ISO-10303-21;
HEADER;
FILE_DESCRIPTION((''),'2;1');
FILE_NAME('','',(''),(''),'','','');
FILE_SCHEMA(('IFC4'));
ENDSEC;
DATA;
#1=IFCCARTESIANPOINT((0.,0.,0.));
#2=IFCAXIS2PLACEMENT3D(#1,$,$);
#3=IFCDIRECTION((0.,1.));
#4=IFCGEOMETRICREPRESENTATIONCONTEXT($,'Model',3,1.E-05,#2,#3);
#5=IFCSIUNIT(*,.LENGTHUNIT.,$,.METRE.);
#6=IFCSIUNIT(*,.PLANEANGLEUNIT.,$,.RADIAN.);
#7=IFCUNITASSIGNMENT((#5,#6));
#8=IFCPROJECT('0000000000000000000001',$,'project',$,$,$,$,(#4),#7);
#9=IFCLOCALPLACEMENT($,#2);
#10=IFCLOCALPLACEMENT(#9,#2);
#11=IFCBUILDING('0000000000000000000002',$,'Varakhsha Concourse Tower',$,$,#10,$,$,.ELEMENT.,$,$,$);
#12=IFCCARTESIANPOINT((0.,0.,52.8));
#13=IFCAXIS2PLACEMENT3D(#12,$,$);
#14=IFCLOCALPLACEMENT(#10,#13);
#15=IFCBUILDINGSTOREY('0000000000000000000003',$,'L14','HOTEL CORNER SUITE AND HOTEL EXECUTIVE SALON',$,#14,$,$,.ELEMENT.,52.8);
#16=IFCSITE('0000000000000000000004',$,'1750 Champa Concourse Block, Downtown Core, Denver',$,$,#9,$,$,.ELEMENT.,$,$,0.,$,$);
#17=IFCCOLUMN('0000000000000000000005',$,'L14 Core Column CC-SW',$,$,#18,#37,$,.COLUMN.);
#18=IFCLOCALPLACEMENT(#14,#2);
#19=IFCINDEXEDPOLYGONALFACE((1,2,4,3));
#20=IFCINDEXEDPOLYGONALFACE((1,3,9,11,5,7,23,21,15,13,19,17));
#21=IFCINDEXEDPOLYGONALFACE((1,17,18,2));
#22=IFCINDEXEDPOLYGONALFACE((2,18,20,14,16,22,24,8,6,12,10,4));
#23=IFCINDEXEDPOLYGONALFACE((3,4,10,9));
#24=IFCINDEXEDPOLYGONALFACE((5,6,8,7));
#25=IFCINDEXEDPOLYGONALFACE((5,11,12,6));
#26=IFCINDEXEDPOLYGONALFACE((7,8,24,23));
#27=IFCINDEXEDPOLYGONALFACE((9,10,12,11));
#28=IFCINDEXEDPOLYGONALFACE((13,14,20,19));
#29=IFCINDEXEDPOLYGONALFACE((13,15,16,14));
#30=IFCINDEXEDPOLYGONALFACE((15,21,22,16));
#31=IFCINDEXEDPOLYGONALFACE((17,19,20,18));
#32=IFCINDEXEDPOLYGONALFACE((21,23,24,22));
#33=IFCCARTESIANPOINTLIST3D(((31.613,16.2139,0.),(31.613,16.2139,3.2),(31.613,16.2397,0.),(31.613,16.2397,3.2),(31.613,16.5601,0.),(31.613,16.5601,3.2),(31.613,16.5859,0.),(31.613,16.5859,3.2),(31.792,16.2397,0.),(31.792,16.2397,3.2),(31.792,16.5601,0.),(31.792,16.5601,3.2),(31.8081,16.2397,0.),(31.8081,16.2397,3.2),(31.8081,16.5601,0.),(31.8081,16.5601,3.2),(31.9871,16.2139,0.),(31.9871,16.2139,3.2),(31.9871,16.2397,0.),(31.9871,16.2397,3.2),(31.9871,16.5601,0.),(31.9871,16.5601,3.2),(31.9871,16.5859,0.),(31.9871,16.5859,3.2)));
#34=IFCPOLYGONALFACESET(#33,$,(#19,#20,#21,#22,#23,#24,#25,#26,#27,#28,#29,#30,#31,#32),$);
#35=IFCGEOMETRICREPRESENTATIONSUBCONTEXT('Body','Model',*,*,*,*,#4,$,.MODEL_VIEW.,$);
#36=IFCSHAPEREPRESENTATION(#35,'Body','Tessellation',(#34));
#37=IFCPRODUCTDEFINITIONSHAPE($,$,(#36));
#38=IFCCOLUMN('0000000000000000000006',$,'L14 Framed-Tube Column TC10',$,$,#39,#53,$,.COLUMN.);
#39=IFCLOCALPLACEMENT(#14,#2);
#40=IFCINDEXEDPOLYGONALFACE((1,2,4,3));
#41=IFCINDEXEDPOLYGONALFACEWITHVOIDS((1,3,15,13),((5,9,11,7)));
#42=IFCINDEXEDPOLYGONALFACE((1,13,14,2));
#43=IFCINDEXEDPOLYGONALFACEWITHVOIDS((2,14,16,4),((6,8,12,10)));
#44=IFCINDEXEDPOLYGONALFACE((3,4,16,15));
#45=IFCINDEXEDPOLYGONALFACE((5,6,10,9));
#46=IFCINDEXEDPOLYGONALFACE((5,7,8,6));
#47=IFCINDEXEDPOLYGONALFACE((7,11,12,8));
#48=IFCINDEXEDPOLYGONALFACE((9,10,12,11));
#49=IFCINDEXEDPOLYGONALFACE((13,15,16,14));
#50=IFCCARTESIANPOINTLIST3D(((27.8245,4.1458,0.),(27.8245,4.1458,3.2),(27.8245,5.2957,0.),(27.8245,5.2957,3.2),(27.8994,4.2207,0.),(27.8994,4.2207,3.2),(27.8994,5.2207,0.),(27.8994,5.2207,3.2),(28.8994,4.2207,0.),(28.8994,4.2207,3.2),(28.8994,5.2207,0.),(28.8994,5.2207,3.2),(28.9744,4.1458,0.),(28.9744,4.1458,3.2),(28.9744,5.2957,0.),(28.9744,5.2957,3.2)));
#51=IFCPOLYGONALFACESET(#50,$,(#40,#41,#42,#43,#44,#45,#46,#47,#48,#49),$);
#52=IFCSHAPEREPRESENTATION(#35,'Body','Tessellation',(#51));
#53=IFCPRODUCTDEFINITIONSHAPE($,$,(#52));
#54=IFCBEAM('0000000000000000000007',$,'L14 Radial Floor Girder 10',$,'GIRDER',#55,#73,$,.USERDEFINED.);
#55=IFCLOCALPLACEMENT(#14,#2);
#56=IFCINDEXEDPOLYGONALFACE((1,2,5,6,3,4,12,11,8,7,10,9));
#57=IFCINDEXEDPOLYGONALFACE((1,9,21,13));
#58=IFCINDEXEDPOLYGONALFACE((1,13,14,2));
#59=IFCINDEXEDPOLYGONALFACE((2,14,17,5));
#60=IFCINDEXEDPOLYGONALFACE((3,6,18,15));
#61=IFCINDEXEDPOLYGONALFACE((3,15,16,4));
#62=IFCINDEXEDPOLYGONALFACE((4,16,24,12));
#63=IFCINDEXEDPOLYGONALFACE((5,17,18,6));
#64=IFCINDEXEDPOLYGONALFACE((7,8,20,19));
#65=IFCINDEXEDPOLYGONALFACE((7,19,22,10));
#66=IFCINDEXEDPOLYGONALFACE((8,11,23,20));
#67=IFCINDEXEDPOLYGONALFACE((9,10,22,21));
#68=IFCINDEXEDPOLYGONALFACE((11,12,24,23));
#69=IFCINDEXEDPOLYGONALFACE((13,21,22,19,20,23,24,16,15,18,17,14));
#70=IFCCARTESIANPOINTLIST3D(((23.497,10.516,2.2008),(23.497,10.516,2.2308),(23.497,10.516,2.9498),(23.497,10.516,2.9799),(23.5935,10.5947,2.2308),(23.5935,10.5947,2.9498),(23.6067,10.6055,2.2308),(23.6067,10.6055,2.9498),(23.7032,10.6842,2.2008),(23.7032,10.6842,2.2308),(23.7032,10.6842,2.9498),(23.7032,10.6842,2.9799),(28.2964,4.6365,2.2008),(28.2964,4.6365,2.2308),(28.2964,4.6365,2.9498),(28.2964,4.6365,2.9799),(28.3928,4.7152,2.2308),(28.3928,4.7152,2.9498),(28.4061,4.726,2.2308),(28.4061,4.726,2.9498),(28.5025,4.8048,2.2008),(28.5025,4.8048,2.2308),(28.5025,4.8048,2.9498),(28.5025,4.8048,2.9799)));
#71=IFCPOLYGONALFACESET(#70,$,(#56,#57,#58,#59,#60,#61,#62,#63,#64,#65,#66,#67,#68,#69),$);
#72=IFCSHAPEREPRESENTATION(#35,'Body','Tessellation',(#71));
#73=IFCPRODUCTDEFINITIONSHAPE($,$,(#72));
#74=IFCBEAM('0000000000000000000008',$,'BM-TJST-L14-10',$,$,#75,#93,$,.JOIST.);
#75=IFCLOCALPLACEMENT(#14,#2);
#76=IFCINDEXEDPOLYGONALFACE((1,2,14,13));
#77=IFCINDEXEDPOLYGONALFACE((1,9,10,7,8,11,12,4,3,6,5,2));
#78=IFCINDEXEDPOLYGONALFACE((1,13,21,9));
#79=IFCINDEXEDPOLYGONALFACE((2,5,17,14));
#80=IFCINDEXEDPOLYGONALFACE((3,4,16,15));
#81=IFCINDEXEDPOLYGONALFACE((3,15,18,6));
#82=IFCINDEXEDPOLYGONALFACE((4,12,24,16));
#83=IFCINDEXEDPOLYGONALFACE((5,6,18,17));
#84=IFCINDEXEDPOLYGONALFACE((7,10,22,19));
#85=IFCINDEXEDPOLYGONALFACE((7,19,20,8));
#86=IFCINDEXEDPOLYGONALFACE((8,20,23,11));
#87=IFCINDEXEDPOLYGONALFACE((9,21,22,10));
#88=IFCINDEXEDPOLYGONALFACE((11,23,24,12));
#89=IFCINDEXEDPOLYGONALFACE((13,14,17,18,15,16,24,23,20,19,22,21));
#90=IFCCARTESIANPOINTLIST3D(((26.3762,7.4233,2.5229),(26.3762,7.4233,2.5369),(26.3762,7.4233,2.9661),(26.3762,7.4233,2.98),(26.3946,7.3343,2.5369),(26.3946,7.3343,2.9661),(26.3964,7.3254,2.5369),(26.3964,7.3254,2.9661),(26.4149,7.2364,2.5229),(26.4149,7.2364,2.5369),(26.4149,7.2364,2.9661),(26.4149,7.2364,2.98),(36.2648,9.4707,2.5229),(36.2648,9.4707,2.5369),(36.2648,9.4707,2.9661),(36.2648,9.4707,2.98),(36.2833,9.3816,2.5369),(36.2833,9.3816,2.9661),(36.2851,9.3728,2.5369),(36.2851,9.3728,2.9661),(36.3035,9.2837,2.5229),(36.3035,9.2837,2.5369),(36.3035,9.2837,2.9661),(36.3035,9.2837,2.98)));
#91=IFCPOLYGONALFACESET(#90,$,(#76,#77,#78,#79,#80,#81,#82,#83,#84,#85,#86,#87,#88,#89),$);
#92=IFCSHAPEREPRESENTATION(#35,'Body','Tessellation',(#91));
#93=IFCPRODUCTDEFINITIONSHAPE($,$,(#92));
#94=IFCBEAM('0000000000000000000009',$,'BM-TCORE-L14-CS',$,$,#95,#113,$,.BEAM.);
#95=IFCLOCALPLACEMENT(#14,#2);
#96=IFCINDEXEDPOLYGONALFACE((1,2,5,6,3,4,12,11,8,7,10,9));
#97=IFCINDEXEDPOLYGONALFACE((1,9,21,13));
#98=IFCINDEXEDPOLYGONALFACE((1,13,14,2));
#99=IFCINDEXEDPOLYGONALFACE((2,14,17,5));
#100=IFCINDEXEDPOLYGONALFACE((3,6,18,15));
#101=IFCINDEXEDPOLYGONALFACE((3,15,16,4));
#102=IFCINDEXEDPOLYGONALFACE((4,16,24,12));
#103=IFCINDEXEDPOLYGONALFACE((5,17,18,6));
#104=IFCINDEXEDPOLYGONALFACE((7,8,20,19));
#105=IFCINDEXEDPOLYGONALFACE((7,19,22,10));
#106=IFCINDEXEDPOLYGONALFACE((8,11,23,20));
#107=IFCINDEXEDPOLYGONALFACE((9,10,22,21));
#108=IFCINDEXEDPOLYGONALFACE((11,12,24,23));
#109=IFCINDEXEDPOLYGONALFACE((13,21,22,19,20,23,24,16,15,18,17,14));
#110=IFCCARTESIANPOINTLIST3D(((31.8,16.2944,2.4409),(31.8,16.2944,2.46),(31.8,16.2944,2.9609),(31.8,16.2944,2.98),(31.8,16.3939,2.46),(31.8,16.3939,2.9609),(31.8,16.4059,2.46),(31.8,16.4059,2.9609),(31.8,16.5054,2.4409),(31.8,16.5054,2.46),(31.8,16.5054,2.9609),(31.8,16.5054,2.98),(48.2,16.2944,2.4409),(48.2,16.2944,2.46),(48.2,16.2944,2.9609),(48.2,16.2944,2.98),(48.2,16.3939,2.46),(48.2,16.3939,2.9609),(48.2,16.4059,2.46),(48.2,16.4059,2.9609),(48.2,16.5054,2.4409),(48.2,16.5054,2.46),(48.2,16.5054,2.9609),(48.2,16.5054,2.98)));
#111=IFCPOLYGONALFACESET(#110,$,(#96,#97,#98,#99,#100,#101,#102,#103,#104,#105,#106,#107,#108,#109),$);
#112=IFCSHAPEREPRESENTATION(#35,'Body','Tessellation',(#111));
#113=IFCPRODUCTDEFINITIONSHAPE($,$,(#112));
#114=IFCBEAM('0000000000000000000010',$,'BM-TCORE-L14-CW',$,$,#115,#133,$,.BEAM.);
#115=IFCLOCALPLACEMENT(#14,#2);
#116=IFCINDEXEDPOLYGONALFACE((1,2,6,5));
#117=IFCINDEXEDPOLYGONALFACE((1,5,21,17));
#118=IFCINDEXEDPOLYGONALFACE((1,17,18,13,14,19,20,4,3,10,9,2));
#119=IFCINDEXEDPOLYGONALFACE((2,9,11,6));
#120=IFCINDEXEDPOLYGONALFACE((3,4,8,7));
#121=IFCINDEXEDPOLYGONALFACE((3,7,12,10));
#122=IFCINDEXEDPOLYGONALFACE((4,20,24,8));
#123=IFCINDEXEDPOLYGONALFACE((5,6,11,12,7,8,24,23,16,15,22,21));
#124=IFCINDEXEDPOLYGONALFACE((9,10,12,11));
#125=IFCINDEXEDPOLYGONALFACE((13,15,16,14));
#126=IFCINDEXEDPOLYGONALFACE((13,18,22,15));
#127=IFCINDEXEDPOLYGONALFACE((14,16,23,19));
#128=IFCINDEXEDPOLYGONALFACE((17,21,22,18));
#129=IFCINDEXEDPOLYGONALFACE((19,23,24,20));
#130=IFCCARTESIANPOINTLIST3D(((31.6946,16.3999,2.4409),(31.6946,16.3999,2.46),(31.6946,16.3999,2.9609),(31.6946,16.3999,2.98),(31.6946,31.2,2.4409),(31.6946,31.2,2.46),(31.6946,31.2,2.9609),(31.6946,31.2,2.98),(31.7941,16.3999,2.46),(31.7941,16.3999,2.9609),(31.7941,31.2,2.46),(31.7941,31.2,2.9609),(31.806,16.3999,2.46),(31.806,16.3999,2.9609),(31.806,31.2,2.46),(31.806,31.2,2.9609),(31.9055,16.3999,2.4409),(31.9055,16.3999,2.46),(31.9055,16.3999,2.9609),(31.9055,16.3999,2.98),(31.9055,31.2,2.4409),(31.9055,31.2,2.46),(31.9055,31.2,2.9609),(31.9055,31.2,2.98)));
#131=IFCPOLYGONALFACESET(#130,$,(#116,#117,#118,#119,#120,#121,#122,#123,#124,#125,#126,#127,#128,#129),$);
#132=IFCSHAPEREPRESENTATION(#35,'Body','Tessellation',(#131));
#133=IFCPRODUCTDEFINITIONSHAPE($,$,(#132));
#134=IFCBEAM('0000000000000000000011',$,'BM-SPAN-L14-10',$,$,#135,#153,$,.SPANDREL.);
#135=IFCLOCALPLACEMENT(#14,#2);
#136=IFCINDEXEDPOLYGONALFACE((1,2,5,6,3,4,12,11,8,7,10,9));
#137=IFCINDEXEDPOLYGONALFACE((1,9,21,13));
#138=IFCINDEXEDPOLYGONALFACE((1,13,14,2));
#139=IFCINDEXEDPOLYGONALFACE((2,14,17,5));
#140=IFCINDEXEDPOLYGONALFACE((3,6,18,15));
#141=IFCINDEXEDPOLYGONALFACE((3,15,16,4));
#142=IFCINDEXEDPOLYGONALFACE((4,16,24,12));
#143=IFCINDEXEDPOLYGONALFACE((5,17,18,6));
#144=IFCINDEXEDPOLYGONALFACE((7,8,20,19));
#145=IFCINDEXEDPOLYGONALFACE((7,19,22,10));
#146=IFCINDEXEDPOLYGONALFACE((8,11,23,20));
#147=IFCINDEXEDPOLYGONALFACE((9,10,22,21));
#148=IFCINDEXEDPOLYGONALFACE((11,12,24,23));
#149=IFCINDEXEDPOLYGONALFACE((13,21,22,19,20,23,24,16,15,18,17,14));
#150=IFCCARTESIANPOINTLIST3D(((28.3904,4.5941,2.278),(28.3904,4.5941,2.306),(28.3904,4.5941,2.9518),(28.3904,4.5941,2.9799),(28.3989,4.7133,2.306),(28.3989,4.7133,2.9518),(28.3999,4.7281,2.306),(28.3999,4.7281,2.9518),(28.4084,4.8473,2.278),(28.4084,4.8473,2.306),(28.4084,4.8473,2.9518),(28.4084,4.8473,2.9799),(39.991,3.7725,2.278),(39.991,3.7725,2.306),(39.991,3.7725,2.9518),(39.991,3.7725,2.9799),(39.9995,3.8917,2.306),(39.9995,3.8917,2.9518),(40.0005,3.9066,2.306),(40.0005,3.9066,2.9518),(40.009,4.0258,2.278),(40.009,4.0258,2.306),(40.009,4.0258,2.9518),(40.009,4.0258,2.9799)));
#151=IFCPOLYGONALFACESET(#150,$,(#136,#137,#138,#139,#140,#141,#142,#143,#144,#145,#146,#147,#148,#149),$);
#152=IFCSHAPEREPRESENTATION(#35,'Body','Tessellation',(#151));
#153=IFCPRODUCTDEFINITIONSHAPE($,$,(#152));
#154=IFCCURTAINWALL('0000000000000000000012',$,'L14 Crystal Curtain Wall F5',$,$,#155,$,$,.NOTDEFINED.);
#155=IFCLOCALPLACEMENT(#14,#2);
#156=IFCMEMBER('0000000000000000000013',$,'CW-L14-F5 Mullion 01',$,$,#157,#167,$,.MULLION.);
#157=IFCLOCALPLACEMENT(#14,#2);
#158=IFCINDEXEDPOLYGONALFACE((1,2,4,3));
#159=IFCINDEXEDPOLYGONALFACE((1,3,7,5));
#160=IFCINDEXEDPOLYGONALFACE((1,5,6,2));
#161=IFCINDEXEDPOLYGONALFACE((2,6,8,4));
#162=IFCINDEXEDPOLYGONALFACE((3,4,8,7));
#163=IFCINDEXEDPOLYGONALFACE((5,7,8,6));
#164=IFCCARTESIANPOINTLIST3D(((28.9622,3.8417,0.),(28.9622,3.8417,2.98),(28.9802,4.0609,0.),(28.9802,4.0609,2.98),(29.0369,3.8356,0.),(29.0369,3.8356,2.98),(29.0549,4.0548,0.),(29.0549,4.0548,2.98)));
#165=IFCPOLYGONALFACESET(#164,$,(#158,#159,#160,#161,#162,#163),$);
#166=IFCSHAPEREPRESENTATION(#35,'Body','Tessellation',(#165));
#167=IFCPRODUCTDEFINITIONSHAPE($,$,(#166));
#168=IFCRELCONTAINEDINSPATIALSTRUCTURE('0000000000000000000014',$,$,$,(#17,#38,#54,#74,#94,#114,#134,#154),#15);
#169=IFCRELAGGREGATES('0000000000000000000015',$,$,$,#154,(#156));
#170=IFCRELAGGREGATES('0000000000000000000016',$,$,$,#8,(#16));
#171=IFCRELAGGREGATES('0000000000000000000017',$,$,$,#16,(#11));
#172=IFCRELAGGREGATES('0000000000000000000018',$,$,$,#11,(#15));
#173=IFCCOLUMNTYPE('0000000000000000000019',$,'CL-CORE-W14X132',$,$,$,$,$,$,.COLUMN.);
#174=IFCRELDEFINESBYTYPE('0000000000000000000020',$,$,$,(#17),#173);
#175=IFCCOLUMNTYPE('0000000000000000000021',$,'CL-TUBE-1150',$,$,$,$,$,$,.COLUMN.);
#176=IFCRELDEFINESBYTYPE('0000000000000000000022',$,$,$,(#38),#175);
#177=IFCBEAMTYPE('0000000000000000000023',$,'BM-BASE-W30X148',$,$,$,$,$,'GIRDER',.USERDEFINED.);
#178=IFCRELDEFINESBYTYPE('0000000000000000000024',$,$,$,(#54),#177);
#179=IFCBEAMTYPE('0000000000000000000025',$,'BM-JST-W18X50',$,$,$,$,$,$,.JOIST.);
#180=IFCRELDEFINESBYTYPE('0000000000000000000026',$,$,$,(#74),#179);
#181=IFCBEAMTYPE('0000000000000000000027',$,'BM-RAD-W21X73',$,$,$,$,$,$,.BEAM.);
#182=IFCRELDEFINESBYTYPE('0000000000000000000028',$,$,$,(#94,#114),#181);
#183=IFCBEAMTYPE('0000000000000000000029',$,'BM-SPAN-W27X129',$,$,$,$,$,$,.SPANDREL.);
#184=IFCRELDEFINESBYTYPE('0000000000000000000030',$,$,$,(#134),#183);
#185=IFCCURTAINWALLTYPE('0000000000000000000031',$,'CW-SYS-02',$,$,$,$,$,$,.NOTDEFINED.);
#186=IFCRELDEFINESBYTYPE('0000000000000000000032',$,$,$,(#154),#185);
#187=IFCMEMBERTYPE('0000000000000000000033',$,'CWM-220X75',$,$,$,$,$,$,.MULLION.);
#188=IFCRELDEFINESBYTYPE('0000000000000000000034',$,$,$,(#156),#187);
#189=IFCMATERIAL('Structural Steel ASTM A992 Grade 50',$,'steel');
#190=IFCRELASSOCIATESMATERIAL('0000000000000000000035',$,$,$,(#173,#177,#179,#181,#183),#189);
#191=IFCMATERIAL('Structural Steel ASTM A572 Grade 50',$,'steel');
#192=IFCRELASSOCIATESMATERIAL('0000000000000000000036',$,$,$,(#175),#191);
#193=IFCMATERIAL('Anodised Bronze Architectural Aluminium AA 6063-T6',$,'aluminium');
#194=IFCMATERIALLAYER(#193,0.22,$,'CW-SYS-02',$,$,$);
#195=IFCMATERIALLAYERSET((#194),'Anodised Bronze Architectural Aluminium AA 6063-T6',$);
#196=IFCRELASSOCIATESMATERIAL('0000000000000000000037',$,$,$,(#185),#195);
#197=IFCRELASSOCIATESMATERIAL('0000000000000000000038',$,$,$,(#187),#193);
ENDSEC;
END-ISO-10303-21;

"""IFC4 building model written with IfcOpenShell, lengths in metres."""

from ifc_helpers import new_model, si_unit, direction, frame, origin, origin_2d, place, context, subcontext, project, spatial, rectangle, hollow_rectangle, i_section, extrude, source, transform, mapped, material, layer, layer_set, material_profile, profile_set, type_object, type_shapes, element, aggregate, save


model = new_model("IFC4")

# Units and contexts
model_context = context("Model", 3, precision=1e-05, world=origin(), true_north=direction((0.0, 1.0)))
body_context = subcontext(model_context, "Body", "Model", "MODEL_VIEW")
ifc_project = project(units=[si_unit("LENGTHUNIT", "METRE"), si_unit("PLANEANGLEUNIT", "RADIAN")], contexts=[model_context])

# Site, building, storey
site_placement = place(None, origin())
site = spatial("IfcSite", under=ifc_project, at=site_placement, Name="1750 Champa Concourse Block, Downtown Core, Denver", CompositionType="ELEMENT", RefElevation=0.0)
building_placement = place(site_placement, origin())
building = spatial("IfcBuilding", under=site, at=building_placement, Name="Varakhsha Concourse Tower", CompositionType="ELEMENT")
storey_placement = place(building_placement, frame((0.0, 0.0, 52.8)))
storey = spatial("IfcBuildingStorey", under=building, at=storey_placement, Name="L14", Description="HOTEL CORNER SUITE AND HOTEL EXECUTIVE SALON", CompositionType="ELEMENT", Elevation=52.8)

# Columns
ifc_material_1 = material(Name="Structural Steel ASTM A992 Grade 50", Category="steel")
ifc_material_profile_1 = material_profile(ifc_material_1, i_section(OverallWidth=0.374, OverallDepth=0.3721, WebThickness=0.0161, FlangeThickness=0.0259, at=origin_2d()), Name="W14X132")
ifc_profile_set_1 = profile_set([ifc_material_profile_1], Name="Structural Steel ASTM A992 Grade 50")
column_type_1 = type_object("IfcColumnType", Name="CL-CORE-W14X132", PredefinedType="COLUMN", material=ifc_profile_set_1)
column_1_placement = place(storey_placement, frame((31.8, 16.3999, 0.0), z_axis=(0.0, 0.0, 1.0), x_axis=(1.0, 0.0, 0.0)))
element("IfcColumn", 1, at=column_1_placement, inside=storey, type_object=column_type_1, Name="L14 Core Column CC-SW", PredefinedType="COLUMN", context=body_context, shape_type="SweptSolid", body=[
    extrude(i_section(OverallWidth=0.374, OverallDepth=0.3721, WebThickness=0.0161, FlangeThickness=0.0259, at=origin_2d()), origin(), (0.0, 0.0, 1.0), 3.2),
])
ifc_material_2 = material(Name="Structural Steel ASTM A572 Grade 50", Category="steel")
ifc_material_profile_2 = material_profile(ifc_material_2, hollow_rectangle(XDim=1.1499, YDim=1.1499, WallThickness=0.075, at=origin_2d()), Name="BOX 1150x1150x75")
ifc_profile_set_2 = profile_set([ifc_material_profile_2], Name="Structural Steel ASTM A572 Grade 50")
column_type_2 = type_object("IfcColumnType", Name="CL-TUBE-1150", PredefinedType="COLUMN", material=ifc_profile_set_2)
column_2_placement = place(storey_placement, frame((28.3994, 4.7207, 0.0), z_axis=(0.0, 0.0, 1.0), x_axis=(1.0, 0.0, 0.0)))
element("IfcColumn", 2, at=column_2_placement, inside=storey, type_object=column_type_2, Name="L14 Framed-Tube Column TC10", PredefinedType="COLUMN", context=body_context, shape_type="SweptSolid", body=[
    extrude(hollow_rectangle(XDim=1.1499, YDim=1.1499, WallThickness=0.075, at=origin_2d()), origin(), (0.0, 0.0, 1.0), 3.2),
])

# Beams
ifc_material_profile_3 = material_profile(ifc_material_1, i_section(OverallWidth=0.2661, OverallDepth=0.7791, WebThickness=0.0171, FlangeThickness=0.03, at=origin_2d()), Name="W30X148")
ifc_profile_set_3 = profile_set([ifc_material_profile_3], Name="Structural Steel ASTM A992 Grade 50")
beam_type_1 = type_object("IfcBeamType", Name="BM-BASE-W30X148", ElementType="GIRDER", PredefinedType="USERDEFINED", material=ifc_profile_set_3)
beam_1_placement = place(storey_placement, frame((23.6001, 10.6001, 2.5903), z_axis=(0.632362, -0.774673, 0.0), x_axis=(0.774673, 0.632362, 0.0)))
element("IfcBeam", 3, at=beam_1_placement, inside=storey, type_object=beam_type_1, Name="L14 Radial Floor Girder 10", ObjectType="GIRDER", PredefinedType="USERDEFINED", context=body_context, shape_type="SweptSolid", body=[
    extrude(i_section(OverallWidth=0.2661, OverallDepth=0.7791, WebThickness=0.0171, FlangeThickness=0.03, at=origin_2d()), origin(), (0.0, 0.0, 1.0), 7.5896),
])
ifc_material_profile_4 = material_profile(ifc_material_1, i_section(OverallWidth=0.1909, OverallDepth=0.457, WebThickness=0.009, FlangeThickness=0.0139, at=origin_2d()), Name="W18X50")
ifc_profile_set_4 = profile_set([ifc_material_profile_4], Name="Structural Steel ASTM A992 Grade 50")
beam_type_2 = type_object("IfcBeamType", Name="BM-JST-W18X50", PredefinedType="JOIST", material=ifc_profile_set_4)
beam_2_placement = place(storey_placement, frame((26.3955, 7.3298, 2.7515), z_axis=(0.979232, 0.202742, 0.0), x_axis=(-0.202742, 0.979232, 0.0)))
element("IfcBeam", 4, at=beam_2_placement, inside=storey, type_object=beam_type_2, Name="BM-TJST-L14-10", PredefinedType="JOIST", context=body_context, shape_type="SweptSolid", body=[
    extrude(i_section(OverallWidth=0.1909, OverallDepth=0.457, WebThickness=0.009, FlangeThickness=0.0139, at=origin_2d()), origin(), (0.0, 0.0, 1.0), 10.0984),
])
ifc_material_profile_5 = material_profile(ifc_material_1, i_section(OverallWidth=0.2109, OverallDepth=0.5391, WebThickness=0.012, FlangeThickness=0.019, at=origin_2d()), Name="W21X73")
ifc_profile_set_5 = profile_set([ifc_material_profile_5], Name="Structural Steel ASTM A992 Grade 50")
beam_type_3 = type_object("IfcBeamType", Name="BM-RAD-W21X73", PredefinedType="BEAM", material=ifc_profile_set_5)
beam_3_placement = place(storey_placement, frame((31.8, 16.3999, 2.7104), z_axis=(1.0, 0.0, 0.0), x_axis=(0.0, 1.0, 0.0)))
element("IfcBeam", 5, at=beam_3_placement, inside=storey, type_object=beam_type_3, Name="BM-TCORE-L14-CS", PredefinedType="BEAM", context=body_context, shape_type="SweptSolid", body=[
    extrude(i_section(OverallWidth=0.2109, OverallDepth=0.5391, WebThickness=0.012, FlangeThickness=0.019, at=origin_2d()), origin(), (0.0, 0.0, 1.0), 16.3999),
])
beam_4_placement = place(storey_placement, frame((31.8, 16.3999, 2.7104), z_axis=(0.0, 1.0, 0.0), x_axis=(-1.0, 0.0, 0.0)))
element("IfcBeam", 6, at=beam_4_placement, inside=storey, type_object=beam_type_3, Name="BM-TCORE-L14-CW", PredefinedType="BEAM", context=body_context, shape_type="SweptSolid", body=[
    extrude(i_section(OverallWidth=0.2109, OverallDepth=0.5391, WebThickness=0.012, FlangeThickness=0.019, at=origin_2d()), origin(), (0.0, 0.0, 1.0), 14.8),
])
ifc_material_profile_6 = material_profile(ifc_material_1, i_section(OverallWidth=0.2539, OverallDepth=0.7019, WebThickness=0.0149, FlangeThickness=0.0281, at=origin_2d()), Name="W27X129")
ifc_profile_set_6 = profile_set([ifc_material_profile_6], Name="Structural Steel ASTM A992 Grade 50")
beam_type_4 = type_object("IfcBeamType", Name="BM-SPAN-W27X129", PredefinedType="SPANDREL", material=ifc_profile_set_6)
beam_5_placement = place(storey_placement, frame((28.3994, 4.7207, 2.6289), z_axis=(0.997502, -0.070641, 0.0), x_axis=(0.070641, 0.997502, 0.0)))
element("IfcBeam", 7, at=beam_5_placement, inside=storey, type_object=beam_type_4, Name="BM-SPAN-L14-10", PredefinedType="SPANDREL", context=body_context, shape_type="SweptSolid", body=[
    extrude(i_section(OverallWidth=0.2539, OverallDepth=0.7019, WebThickness=0.0149, FlangeThickness=0.0281, at=origin_2d()), origin(), (0.0, 0.0, 1.0), 11.6296),
])

# Curtain wall, member
ifc_material_3 = material(Name="Anodised Bronze Architectural Aluminium AA 6063-T6", Category="aluminium")
ifc_layer_1 = layer(ifc_material_3, 0.22, Name="CW-SYS-02")
ifc_layer_set_1 = layer_set([ifc_layer_1], Name="Anodised Bronze Architectural Aluminium AA 6063-T6")
curtain_wall_type = type_object("IfcCurtainWallType", Name="CW-SYS-02", PredefinedType="NOTDEFINED", material=ifc_layer_set_1)
curtain_wall_placement = place(storey_placement, origin())
curtain_wall = element("IfcCurtainWall", 8, at=curtain_wall_placement, inside=storey, type_object=curtain_wall_type, Name="L14 Crystal Curtain Wall F5", PredefinedType="NOTDEFINED")
ifc_material_profile_7 = material_profile(ifc_material_3, rectangle(XDim=0.075, YDim=0.22, at=origin_2d()), Name="CWM-220X75")
ifc_profile_set_7 = profile_set([ifc_material_profile_7], Name="Anodised Bronze Architectural Aluminium AA 6063-T6")
member_type = type_object("IfcMemberType", Name="CWM-220X75", PredefinedType="MULLION", material=ifc_profile_set_7)
shared_shape = source(origin(), body_context, "Body", "SweptSolid", [
    extrude(rectangle(XDim=0.075, YDim=0.22, at=origin_2d()), origin(), (0.0, 0.0, 1.0), 2.98),
])
type_shapes(member_type, [shared_shape])
member_placement = place(storey_placement, frame((29.0085, 3.9482, 0.0), z_axis=(0.0, 0.0, 1.0), x_axis=(-0.99666, 0.081664, 0.0)))
member = element("IfcMember", 9, at=member_placement, type_object=member_type, Name="CW-L14-F5 Mullion 01", PredefinedType="MULLION", context=body_context, shape_type="MappedRepresentation", body=[
    mapped(shared_shape, transform((0.0, 0.0, 0.0), scale=1.0)),
])
aggregate(curtain_wall, [member])

save(model, "model.ifc")
